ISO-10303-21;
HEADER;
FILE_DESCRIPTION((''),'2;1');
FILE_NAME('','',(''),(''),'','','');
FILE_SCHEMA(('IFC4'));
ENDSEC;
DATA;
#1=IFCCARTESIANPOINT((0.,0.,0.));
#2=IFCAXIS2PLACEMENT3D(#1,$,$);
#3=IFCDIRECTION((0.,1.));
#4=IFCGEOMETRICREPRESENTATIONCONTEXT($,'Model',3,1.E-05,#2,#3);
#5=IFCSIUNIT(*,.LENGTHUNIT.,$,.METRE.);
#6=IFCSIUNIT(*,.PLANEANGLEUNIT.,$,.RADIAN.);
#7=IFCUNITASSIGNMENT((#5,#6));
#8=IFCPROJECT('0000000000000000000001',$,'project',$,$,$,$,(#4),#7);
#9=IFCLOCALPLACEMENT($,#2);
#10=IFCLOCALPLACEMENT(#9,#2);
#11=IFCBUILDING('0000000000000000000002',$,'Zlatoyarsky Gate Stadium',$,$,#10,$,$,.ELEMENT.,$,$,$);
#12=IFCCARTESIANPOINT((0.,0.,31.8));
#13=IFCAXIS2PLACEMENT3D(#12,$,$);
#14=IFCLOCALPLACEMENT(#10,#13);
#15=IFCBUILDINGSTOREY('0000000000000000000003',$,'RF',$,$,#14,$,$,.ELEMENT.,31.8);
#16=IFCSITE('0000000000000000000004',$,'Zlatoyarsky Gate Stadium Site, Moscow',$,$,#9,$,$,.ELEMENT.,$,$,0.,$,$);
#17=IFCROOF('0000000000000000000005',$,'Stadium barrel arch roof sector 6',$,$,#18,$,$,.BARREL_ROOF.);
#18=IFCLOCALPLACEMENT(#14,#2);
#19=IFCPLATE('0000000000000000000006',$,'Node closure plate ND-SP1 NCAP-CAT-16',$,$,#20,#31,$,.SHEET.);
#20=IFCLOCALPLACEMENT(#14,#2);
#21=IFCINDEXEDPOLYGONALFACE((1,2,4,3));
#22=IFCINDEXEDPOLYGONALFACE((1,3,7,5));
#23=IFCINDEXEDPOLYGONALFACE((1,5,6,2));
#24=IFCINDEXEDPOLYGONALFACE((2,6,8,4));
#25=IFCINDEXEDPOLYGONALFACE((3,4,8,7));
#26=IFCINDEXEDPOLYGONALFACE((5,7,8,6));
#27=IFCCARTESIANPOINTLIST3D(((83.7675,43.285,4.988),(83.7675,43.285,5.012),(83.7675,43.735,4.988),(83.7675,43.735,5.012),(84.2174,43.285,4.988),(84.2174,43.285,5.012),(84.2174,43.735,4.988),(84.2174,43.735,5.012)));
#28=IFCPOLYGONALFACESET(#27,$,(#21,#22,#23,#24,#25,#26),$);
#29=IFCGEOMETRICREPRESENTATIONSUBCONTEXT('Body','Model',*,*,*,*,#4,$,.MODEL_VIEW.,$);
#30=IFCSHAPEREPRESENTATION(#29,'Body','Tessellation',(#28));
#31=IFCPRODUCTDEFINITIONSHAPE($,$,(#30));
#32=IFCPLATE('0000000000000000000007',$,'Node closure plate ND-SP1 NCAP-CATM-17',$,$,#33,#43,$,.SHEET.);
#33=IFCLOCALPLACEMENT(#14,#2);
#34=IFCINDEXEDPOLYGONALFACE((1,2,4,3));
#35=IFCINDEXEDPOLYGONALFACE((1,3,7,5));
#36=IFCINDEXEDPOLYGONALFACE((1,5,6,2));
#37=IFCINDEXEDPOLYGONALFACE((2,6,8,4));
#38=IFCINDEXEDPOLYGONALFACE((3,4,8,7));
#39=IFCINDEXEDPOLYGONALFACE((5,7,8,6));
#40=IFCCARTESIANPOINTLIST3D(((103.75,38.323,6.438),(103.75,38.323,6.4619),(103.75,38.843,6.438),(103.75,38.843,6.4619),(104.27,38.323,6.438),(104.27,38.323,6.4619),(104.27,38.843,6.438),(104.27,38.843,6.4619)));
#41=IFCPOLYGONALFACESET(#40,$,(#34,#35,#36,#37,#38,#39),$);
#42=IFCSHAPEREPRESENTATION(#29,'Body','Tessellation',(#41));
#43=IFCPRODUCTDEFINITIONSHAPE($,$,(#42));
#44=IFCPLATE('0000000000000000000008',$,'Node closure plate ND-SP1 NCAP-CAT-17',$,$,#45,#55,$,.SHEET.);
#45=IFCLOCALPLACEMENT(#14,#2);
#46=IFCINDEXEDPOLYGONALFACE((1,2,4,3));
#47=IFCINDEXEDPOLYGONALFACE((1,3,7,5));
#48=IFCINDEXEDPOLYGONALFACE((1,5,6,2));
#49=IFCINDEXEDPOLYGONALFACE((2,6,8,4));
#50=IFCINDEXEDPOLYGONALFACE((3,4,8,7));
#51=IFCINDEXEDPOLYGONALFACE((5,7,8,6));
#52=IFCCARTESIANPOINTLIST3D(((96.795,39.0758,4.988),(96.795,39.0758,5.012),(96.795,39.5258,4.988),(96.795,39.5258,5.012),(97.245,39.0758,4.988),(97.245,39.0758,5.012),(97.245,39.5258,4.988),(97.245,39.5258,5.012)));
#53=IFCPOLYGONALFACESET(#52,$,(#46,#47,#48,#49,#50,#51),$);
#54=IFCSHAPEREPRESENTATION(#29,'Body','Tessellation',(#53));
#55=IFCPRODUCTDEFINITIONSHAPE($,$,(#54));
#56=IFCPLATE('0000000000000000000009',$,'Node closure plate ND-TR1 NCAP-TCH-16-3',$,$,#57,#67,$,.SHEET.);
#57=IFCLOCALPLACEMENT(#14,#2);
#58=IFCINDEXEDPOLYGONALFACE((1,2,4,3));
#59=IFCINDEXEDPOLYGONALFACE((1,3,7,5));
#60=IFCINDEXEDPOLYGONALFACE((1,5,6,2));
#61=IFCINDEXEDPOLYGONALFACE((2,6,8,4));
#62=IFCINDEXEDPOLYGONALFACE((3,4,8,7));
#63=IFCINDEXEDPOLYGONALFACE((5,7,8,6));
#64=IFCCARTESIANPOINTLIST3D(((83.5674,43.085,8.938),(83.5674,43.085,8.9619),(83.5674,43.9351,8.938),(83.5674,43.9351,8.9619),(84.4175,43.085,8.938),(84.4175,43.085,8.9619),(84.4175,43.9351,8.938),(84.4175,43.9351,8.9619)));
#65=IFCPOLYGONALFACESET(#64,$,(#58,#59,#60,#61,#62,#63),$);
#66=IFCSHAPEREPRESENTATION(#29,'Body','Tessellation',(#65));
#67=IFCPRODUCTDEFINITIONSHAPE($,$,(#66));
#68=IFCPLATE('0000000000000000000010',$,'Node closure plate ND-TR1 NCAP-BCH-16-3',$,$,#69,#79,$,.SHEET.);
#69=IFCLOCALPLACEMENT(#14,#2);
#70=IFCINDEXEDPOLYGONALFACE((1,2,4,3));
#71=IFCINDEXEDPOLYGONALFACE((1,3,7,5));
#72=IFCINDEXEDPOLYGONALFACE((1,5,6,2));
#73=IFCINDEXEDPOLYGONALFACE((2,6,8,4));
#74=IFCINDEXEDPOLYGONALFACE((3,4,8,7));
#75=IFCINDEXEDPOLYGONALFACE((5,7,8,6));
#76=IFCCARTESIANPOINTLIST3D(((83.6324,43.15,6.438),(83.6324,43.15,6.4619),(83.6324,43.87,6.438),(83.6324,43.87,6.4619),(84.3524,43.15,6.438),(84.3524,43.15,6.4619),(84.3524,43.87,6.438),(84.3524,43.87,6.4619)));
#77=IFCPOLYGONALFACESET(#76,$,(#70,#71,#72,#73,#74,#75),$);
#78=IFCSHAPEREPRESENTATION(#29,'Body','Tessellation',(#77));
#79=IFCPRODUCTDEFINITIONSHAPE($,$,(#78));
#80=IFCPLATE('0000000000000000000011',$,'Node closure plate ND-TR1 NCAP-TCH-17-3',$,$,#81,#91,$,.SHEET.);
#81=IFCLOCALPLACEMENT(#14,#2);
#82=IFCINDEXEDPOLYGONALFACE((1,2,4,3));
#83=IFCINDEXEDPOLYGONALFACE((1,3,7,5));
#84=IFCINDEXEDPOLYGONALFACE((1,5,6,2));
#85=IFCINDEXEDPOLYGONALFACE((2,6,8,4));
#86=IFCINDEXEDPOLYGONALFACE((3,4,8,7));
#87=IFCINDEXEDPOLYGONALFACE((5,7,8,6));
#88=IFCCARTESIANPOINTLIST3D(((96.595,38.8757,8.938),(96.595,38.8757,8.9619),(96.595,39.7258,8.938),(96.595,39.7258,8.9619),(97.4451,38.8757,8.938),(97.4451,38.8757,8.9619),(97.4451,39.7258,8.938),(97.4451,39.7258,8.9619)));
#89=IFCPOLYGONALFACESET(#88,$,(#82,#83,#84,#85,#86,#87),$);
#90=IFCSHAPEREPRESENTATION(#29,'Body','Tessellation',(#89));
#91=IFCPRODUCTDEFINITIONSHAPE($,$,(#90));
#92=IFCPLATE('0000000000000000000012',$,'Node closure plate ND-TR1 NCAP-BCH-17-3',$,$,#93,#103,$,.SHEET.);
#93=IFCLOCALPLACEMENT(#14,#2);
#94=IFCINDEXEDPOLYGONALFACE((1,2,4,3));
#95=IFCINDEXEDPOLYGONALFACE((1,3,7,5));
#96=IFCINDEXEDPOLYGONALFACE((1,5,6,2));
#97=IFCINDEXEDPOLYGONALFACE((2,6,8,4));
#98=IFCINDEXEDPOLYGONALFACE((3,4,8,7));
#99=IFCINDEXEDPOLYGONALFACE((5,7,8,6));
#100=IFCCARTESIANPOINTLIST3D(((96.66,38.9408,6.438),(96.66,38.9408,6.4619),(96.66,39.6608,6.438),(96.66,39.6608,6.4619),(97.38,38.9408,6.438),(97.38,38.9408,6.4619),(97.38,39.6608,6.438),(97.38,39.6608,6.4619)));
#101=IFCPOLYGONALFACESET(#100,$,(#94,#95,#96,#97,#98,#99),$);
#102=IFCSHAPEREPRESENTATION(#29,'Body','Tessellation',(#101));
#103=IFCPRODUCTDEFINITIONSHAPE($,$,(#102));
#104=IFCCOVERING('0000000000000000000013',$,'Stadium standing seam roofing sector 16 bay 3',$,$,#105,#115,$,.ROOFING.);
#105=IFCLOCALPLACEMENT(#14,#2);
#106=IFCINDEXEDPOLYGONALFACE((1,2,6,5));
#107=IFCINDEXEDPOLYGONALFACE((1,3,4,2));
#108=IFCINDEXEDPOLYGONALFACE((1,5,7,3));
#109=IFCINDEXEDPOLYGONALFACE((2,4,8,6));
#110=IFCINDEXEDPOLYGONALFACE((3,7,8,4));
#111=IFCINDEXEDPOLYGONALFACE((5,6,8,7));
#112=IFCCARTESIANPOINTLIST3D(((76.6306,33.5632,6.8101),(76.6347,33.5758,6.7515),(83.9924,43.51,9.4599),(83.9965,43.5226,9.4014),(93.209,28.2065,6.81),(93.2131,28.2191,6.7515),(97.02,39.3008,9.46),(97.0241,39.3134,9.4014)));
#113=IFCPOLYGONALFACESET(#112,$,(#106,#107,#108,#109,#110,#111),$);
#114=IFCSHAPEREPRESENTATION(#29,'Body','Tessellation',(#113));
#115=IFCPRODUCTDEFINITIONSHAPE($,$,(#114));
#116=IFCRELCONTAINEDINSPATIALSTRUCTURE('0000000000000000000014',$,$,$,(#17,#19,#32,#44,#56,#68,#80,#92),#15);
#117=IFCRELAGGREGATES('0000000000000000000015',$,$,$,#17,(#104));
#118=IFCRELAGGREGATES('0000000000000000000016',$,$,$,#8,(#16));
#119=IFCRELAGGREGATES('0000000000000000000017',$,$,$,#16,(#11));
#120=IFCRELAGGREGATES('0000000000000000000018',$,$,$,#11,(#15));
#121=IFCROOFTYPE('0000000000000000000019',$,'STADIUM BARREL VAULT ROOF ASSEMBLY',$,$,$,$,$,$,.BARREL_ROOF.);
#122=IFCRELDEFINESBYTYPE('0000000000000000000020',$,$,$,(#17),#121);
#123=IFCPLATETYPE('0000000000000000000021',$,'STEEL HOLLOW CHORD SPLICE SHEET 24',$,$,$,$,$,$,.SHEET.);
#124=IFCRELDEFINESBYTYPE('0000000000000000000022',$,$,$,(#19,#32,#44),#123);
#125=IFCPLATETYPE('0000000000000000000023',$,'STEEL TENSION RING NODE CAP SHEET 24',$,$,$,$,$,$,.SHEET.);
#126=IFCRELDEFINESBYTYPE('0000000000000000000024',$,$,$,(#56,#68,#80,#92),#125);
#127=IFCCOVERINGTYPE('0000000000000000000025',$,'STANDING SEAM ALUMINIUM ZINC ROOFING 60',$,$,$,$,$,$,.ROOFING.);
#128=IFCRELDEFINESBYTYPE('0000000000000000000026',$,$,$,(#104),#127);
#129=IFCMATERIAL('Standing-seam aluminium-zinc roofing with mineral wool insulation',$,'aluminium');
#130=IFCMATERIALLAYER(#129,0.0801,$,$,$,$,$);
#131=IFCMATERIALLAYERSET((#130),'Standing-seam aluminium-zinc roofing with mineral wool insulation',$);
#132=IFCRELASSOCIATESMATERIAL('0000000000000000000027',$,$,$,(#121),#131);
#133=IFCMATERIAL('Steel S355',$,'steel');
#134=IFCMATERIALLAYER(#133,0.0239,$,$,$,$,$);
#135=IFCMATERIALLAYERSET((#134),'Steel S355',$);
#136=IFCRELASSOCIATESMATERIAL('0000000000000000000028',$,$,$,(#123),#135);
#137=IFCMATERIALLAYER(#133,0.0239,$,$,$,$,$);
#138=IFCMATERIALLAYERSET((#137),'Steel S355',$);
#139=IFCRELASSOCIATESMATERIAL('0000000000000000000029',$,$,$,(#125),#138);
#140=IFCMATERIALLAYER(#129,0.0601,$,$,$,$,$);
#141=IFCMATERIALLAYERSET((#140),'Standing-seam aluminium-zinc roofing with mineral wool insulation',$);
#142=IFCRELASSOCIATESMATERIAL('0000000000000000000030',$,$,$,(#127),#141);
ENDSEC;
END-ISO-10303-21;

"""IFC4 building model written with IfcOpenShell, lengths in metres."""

from ifc_helpers import new_model, si_unit, direction, frame, origin, origin_2d, place, context, subcontext, project, spatial, polyline, rectangle, outline, extrude, material, layer, layer_set, type_object, element, aggregate, save


model = new_model("IFC4")

# Units and contexts
model_context = context("Model", 3, precision=1e-05, world=origin(), true_north=direction((0.0, 1.0)))
body_context = subcontext(model_context, "Body", "Model", "MODEL_VIEW")
ifc_project = project(units=[si_unit("LENGTHUNIT", "METRE"), si_unit("PLANEANGLEUNIT", "RADIAN")], contexts=[model_context])

# Site, building, storey
site_placement = place(None, origin())
site = spatial("IfcSite", under=ifc_project, at=site_placement, Name="Zlatoyarsky Gate Stadium Site, Moscow", CompositionType="ELEMENT", RefElevation=0.0)
building_placement = place(site_placement, origin())
building = spatial("IfcBuilding", under=site, at=building_placement, Name="Zlatoyarsky Gate Stadium", CompositionType="ELEMENT")
storey_placement = place(building_placement, frame((0.0, 0.0, 31.8)))
storey = spatial("IfcBuildingStorey", under=building, at=storey_placement, Name="RF", CompositionType="ELEMENT", Elevation=31.8)

# Shared definitions
ifc_material_1 = material(Name="Steel S355", Category="steel")

# Roof
ifc_material_2 = material(Name="Standing-seam aluminium-zinc roofing with mineral wool insulation", Category="aluminium")
ifc_layer_1 = layer(ifc_material_2, 0.0801)
ifc_layer_set_1 = layer_set([ifc_layer_1], Name="Standing-seam aluminium-zinc roofing with mineral wool insulation")
roof_type = type_object("IfcRoofType", Name="STADIUM BARREL VAULT ROOF ASSEMBLY", PredefinedType="BARREL_ROOF", material=ifc_layer_set_1)
roof_placement = place(storey_placement, origin())
roof = element("IfcRoof", 1, at=roof_placement, inside=storey, type_object=roof_type, Name="Stadium barrel arch roof sector 6", PredefinedType="BARREL_ROOF")

# Plates
ifc_layer_2 = layer(ifc_material_1, 0.0239)
ifc_layer_set_2 = layer_set([ifc_layer_2], Name="Steel S355")
plate_type_1 = type_object("IfcPlateType", Name="STEEL HOLLOW CHORD SPLICE SHEET 24", PredefinedType="SHEET", material=ifc_layer_set_2)
plate_1_placement = place(storey_placement, frame((83.9924, 43.51, 4.988), z_axis=(0.0, 0.0, 1.0), x_axis=(1.0, 0.0, 0.0)))
element("IfcPlate", 2, at=plate_1_placement, inside=storey, type_object=plate_type_1, Name="Node closure plate ND-SP1 NCAP-CAT-16", PredefinedType="SHEET", context=body_context, shape_type="SweptSolid", body=[
    extrude(rectangle(XDim=0.45, YDim=0.45, at=origin_2d()), origin(), (0.0, 0.0, 1.0), 0.0239),
])
plate_2_placement = place(storey_placement, frame((104.01, 38.583, 6.438), z_axis=(0.0, 0.0, 1.0), x_axis=(1.0, 0.0, 0.0)))
element("IfcPlate", 3, at=plate_2_placement, inside=storey, type_object=plate_type_1, Name="Node closure plate ND-SP1 NCAP-CATM-17", PredefinedType="SHEET", context=body_context, shape_type="SweptSolid", body=[
    extrude(rectangle(XDim=0.52, YDim=0.52, at=origin_2d()), origin(), (0.0, 0.0, 1.0), 0.0239),
])
plate_3_placement = place(storey_placement, frame((97.02, 39.3008, 4.988), z_axis=(0.0, 0.0, 1.0), x_axis=(1.0, 0.0, 0.0)))
element("IfcPlate", 4, at=plate_3_placement, inside=storey, type_object=plate_type_1, Name="Node closure plate ND-SP1 NCAP-CAT-17", PredefinedType="SHEET", context=body_context, shape_type="SweptSolid", body=[
    extrude(rectangle(XDim=0.45, YDim=0.45, at=origin_2d()), origin(), (0.0, 0.0, 1.0), 0.0239),
])
ifc_layer_3 = layer(ifc_material_1, 0.0239)
ifc_layer_set_3 = layer_set([ifc_layer_3], Name="Steel S355")
plate_type_2 = type_object("IfcPlateType", Name="STEEL TENSION RING NODE CAP SHEET 24", PredefinedType="SHEET", material=ifc_layer_set_3)
plate_4_placement = place(storey_placement, frame((83.9924, 43.51, 8.938), z_axis=(0.0, 0.0, 1.0), x_axis=(1.0, 0.0, 0.0)))
element("IfcPlate", 5, at=plate_4_placement, inside=storey, type_object=plate_type_2, Name="Node closure plate ND-TR1 NCAP-TCH-16-3", PredefinedType="SHEET", context=body_context, shape_type="SweptSolid", body=[
    extrude(rectangle(XDim=0.8501, YDim=0.8501, at=origin_2d()), origin(), (0.0, 0.0, 1.0), 0.0239),
])
plate_5_placement = place(storey_placement, frame((83.9924, 43.51, 6.438), z_axis=(0.0, 0.0, 1.0), x_axis=(1.0, 0.0, 0.0)))
element("IfcPlate", 6, at=plate_5_placement, inside=storey, type_object=plate_type_2, Name="Node closure plate ND-TR1 NCAP-BCH-16-3", PredefinedType="SHEET", context=body_context, shape_type="SweptSolid", body=[
    extrude(rectangle(XDim=0.72, YDim=0.72, at=origin_2d()), origin(), (0.0, 0.0, 1.0), 0.0239),
])
plate_6_placement = place(storey_placement, frame((97.02, 39.3008, 8.938), z_axis=(0.0, 0.0, 1.0), x_axis=(1.0, 0.0, 0.0)))
element("IfcPlate", 7, at=plate_6_placement, inside=storey, type_object=plate_type_2, Name="Node closure plate ND-TR1 NCAP-TCH-17-3", PredefinedType="SHEET", context=body_context, shape_type="SweptSolid", body=[
    extrude(rectangle(XDim=0.8501, YDim=0.8501, at=origin_2d()), origin(), (0.0, 0.0, 1.0), 0.0239),
])
plate_7_placement = place(storey_placement, frame((97.02, 39.3008, 6.438), z_axis=(0.0, 0.0, 1.0), x_axis=(1.0, 0.0, 0.0)))
element("IfcPlate", 8, at=plate_7_placement, inside=storey, type_object=plate_type_2, Name="Node closure plate ND-TR1 NCAP-BCH-17-3", PredefinedType="SHEET", context=body_context, shape_type="SweptSolid", body=[
    extrude(rectangle(XDim=0.72, YDim=0.72, at=origin_2d()), origin(), (0.0, 0.0, 1.0), 0.0239),
])

# Covering
ifc_layer_4 = layer(ifc_material_2, 0.0601)
ifc_layer_set_4 = layer_set([ifc_layer_4], Name="Standing-seam aluminium-zinc roofing with mineral wool insulation")
covering_type = type_object("IfcCoveringType", Name="STANDING SEAM ALUMINIUM ZINC ROOFING 60", PredefinedType="ROOFING", material=ifc_layer_set_4)
covering_placement = place(storey_placement, frame((76.6306, 33.5632, 6.8101), z_axis=(-0.067758, -0.209707, 0.975414), x_axis=(0.951561, -0.307461, -0.000001)))
covering = element("IfcCovering", 9, at=covering_placement, type_object=covering_type, Name="Stadium standing seam roofing sector 16 bay 3", PredefinedType="ROOFING", context=body_context, shape_type="SweptSolid", body=[
    extrude(outline(polyline([(0.0, 0.0), (17.4223, 0.0), (17.6377, 12.0242), (3.947, 12.0241), (0.0, 0.0)])), origin(), (0.0, 0.0, -1.0), 0.0601),
])
aggregate(roof, [covering])

save(model, "model.ifc")
